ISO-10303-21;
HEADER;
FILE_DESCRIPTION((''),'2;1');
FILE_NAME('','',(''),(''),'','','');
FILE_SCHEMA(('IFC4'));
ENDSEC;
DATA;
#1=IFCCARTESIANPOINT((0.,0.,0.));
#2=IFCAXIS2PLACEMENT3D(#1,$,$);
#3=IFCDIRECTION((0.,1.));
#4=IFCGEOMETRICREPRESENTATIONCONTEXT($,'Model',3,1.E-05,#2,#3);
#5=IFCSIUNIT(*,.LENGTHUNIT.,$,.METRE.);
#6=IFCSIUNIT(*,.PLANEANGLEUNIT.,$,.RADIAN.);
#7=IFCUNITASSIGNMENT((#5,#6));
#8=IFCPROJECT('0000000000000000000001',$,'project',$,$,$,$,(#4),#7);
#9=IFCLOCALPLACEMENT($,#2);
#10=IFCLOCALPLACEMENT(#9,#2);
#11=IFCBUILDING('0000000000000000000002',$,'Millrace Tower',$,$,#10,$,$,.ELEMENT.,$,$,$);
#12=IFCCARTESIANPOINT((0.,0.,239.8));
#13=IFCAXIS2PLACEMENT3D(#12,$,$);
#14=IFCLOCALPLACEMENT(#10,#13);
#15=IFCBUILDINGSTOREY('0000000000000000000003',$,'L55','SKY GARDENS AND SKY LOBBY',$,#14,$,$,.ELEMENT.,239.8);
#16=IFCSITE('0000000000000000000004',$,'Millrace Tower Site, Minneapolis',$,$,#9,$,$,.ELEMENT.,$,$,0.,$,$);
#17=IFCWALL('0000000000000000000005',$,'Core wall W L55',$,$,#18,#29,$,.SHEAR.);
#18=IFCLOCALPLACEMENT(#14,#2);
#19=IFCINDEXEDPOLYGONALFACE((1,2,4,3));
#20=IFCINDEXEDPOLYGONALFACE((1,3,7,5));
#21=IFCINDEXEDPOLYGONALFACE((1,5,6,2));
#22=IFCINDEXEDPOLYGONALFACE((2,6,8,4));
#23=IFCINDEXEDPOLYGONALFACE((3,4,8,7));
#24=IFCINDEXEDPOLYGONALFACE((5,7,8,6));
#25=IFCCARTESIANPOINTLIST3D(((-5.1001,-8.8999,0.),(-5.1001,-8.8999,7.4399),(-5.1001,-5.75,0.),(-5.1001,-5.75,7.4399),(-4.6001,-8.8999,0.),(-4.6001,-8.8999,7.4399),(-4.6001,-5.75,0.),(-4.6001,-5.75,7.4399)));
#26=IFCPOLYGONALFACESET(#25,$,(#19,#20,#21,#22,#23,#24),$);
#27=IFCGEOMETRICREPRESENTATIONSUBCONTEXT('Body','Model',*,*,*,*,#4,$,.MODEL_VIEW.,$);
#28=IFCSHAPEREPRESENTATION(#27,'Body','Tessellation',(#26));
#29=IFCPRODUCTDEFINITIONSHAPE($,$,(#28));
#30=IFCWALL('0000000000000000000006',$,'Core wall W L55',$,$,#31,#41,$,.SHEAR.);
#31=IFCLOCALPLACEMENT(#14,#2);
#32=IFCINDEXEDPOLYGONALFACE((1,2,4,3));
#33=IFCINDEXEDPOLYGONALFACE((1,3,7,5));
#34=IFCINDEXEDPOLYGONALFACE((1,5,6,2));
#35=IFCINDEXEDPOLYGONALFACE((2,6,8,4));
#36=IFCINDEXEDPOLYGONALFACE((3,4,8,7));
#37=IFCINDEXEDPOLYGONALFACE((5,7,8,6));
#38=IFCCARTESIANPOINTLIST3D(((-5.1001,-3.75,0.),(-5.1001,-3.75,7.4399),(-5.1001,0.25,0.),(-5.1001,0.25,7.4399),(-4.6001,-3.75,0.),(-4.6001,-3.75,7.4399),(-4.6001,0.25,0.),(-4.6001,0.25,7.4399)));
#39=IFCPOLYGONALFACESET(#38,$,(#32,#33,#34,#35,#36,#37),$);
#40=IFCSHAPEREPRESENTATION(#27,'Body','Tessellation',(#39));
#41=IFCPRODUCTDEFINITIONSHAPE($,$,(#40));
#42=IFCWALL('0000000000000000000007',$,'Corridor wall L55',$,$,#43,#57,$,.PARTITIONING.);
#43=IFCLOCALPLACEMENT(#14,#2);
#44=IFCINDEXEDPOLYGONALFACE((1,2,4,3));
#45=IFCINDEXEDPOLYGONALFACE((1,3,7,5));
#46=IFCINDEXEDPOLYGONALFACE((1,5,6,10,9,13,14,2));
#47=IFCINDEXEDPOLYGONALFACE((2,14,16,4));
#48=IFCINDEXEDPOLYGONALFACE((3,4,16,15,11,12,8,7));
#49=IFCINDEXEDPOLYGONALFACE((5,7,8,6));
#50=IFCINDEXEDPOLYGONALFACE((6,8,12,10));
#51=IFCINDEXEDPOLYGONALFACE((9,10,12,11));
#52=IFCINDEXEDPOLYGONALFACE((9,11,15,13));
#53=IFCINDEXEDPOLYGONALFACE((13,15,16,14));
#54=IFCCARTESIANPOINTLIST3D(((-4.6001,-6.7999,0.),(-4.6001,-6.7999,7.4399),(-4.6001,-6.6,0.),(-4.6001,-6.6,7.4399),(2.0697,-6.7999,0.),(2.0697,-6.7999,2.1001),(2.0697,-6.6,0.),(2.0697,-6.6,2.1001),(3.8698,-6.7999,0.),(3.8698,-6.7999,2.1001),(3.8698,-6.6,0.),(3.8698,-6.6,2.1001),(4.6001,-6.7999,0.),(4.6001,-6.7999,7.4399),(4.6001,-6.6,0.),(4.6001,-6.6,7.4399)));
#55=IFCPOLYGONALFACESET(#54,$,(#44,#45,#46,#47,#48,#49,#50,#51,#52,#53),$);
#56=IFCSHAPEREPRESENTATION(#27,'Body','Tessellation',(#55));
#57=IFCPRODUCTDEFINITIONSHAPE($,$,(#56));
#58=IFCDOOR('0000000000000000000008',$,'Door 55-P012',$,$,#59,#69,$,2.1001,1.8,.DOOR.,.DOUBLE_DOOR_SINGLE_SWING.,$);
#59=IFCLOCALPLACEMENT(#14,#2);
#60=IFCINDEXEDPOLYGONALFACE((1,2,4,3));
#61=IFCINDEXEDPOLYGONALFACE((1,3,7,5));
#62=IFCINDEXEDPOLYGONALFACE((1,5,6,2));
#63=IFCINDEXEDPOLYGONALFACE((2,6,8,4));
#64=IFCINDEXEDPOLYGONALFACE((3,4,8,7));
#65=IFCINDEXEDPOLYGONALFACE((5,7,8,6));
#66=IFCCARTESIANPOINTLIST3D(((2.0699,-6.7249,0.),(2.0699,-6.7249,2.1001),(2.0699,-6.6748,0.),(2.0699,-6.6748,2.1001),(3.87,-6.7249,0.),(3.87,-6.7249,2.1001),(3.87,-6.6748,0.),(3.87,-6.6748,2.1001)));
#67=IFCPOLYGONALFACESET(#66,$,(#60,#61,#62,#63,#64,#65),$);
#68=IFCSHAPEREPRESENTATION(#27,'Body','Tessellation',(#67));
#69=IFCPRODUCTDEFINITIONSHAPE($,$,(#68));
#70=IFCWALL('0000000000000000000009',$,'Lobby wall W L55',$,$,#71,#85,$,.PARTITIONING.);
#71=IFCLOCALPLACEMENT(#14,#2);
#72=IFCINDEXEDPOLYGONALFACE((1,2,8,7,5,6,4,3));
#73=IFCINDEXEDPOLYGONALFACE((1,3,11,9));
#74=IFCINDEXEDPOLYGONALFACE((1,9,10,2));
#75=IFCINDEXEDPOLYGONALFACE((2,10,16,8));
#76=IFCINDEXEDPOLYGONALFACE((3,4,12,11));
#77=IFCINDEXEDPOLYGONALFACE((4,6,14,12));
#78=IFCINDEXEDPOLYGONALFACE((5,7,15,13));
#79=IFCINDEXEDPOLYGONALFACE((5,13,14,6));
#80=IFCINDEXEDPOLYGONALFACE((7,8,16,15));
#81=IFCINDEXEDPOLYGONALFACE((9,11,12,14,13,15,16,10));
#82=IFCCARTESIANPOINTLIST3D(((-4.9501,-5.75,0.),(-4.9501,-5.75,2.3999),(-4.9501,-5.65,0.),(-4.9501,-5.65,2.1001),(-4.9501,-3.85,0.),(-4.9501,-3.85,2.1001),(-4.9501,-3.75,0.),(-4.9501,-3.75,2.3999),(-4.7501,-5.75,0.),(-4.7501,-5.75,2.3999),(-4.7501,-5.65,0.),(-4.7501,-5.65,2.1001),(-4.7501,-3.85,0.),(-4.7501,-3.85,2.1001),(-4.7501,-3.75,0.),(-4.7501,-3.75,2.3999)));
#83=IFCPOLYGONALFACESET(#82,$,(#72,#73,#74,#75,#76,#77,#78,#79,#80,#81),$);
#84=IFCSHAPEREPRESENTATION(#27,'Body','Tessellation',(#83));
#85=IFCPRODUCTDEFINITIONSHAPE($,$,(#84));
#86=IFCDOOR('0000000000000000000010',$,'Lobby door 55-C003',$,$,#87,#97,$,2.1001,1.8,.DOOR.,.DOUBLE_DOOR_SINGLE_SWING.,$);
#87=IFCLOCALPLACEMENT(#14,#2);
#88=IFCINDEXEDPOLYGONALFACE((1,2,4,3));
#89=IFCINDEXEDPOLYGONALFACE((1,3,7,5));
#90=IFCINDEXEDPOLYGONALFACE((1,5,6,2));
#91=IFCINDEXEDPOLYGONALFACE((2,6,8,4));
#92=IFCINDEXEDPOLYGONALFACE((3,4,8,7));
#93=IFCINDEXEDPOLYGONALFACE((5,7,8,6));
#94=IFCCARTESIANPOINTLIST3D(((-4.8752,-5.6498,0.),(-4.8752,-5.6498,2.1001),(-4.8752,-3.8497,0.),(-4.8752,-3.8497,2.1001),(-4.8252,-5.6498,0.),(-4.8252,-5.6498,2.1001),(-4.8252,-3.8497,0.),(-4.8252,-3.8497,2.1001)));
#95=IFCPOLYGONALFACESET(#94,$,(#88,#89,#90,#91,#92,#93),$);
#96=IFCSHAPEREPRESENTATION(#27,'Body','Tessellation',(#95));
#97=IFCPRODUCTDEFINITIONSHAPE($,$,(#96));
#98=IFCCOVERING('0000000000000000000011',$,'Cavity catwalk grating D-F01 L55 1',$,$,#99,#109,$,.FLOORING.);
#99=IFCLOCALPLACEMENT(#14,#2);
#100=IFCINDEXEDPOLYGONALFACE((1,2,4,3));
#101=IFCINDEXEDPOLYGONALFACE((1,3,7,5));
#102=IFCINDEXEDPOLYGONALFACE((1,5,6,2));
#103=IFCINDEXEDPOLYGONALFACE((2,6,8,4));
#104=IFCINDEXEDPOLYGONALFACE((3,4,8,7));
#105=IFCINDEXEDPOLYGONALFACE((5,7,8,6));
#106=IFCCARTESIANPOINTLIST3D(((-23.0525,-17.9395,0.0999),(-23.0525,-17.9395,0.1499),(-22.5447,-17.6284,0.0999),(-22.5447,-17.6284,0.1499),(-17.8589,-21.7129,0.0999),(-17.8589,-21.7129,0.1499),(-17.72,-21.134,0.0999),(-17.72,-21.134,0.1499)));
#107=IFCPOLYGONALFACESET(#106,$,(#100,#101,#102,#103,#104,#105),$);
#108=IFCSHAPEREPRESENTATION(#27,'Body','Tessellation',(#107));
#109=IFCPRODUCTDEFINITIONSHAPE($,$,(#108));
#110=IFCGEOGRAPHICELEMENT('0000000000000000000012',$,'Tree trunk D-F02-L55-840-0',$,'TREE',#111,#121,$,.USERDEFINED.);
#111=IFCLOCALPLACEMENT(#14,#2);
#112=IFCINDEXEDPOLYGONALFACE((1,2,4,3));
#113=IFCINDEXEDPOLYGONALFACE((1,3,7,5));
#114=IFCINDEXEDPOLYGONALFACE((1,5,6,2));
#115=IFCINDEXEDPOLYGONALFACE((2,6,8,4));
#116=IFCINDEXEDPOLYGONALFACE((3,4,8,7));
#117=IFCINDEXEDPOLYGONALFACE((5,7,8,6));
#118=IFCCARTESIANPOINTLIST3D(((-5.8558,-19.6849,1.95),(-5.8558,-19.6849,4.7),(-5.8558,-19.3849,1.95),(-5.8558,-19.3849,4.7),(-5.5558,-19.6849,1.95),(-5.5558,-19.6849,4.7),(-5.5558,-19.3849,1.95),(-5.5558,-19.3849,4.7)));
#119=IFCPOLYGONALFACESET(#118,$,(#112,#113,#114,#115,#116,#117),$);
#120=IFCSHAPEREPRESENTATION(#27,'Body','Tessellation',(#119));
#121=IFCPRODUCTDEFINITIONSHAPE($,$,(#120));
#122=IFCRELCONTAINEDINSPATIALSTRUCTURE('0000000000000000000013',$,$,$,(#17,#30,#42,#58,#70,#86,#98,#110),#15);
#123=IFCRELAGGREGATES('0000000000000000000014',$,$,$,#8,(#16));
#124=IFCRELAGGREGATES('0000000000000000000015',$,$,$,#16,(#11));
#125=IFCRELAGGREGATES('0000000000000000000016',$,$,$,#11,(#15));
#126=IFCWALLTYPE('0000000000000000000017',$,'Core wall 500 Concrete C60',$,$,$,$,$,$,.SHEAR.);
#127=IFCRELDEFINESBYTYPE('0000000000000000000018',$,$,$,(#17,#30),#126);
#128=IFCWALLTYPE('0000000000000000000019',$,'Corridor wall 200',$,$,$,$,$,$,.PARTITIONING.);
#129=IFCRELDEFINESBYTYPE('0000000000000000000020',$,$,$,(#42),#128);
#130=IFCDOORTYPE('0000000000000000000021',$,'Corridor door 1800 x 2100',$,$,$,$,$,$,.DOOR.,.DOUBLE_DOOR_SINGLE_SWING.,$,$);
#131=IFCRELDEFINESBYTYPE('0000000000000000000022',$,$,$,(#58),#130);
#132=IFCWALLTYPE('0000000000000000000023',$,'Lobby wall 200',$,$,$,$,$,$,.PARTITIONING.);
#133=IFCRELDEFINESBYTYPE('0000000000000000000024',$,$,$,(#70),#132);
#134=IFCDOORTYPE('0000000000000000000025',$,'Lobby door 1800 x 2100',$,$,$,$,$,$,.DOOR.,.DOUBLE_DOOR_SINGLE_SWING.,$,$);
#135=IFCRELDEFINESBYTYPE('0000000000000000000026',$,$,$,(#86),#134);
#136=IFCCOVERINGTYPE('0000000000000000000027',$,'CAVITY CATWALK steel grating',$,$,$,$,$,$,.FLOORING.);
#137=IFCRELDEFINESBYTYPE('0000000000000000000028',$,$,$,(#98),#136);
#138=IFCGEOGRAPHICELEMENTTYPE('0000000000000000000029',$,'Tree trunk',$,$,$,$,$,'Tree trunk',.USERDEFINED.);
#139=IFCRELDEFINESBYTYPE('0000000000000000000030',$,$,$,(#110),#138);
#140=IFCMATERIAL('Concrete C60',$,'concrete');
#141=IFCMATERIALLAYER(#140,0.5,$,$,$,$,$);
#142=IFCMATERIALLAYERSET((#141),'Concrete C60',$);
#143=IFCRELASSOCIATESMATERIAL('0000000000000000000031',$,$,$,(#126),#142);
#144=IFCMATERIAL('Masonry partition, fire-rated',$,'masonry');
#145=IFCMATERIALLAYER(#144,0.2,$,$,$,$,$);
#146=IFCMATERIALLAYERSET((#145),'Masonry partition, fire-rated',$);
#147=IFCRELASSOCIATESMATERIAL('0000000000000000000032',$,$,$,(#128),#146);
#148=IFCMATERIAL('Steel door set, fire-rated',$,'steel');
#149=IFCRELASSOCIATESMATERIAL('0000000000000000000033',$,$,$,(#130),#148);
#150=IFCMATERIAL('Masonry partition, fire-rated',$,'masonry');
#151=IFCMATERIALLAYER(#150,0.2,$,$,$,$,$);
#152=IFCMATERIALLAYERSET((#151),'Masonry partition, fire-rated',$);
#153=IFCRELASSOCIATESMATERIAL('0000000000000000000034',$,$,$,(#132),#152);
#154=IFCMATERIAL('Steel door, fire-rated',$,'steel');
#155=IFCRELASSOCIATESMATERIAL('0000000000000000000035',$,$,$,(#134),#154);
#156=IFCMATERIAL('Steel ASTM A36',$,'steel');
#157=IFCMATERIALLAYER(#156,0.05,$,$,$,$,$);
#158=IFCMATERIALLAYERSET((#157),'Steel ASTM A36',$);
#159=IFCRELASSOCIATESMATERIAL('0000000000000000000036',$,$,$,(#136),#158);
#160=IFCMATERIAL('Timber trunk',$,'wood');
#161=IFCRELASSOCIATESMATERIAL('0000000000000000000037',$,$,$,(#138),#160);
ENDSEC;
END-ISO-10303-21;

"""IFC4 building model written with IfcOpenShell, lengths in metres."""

from ifc_helpers import new_model, si_unit, direction, frame, frame_2d, origin, origin_2d, place, context, subcontext, project, spatial, polyline, rectangle, outline, extrude, material, layer, layer_set, type_object, element, fill, save


model = new_model("IFC4")

# Units and contexts
model_context = context("Model", 3, precision=1e-05, world=origin(), true_north=direction((0.0, 1.0)))
body_context = subcontext(model_context, "Body", "Model", "MODEL_VIEW")
ifc_project = project(units=[si_unit("LENGTHUNIT", "METRE"), si_unit("PLANEANGLEUNIT", "RADIAN")], contexts=[model_context])

# Site, building, storey
site_placement = place(None, origin())
site = spatial("IfcSite", under=ifc_project, at=site_placement, Name="Millrace Tower Site, Minneapolis", CompositionType="ELEMENT", RefElevation=0.0)
building_placement = place(site_placement, origin())
building = spatial("IfcBuilding", under=site, at=building_placement, Name="Millrace Tower", CompositionType="ELEMENT")
storey_placement = place(building_placement, frame((0.0, 0.0, 239.8)))
storey = spatial("IfcBuildingStorey", under=building, at=storey_placement, Name="L55", Description="SKY GARDENS AND SKY LOBBY", CompositionType="ELEMENT", Elevation=239.8)

# Walls
ifc_material_1 = material(Name="Concrete C60", Category="concrete")
ifc_layer_1 = layer(ifc_material_1, 0.5)
ifc_layer_set_1 = layer_set([ifc_layer_1], Name="Concrete C60")
wall_type_1 = type_object("IfcWallType", Name="Core wall 500 Concrete C60", PredefinedType="SHEAR", material=ifc_layer_set_1)
wall_1_placement = place(storey_placement, frame((-4.8501, -8.8999, 0.0), z_axis=(0.0, 0.0, 1.0), x_axis=(0.0, 1.0, 0.0)))
element("IfcWall", 1, at=wall_1_placement, inside=storey, type_object=wall_type_1, Name="Core wall W L55", PredefinedType="SHEAR", context=body_context, shape_type="SweptSolid", body=[
    extrude(rectangle(XDim=3.1499, YDim=0.5, at=frame_2d((1.575, 0.0))), origin(), (0.0, 0.0, 1.0), 7.4399),
])
wall_2_placement = place(storey_placement, frame((-4.8501, -3.75, 0.0), z_axis=(0.0, 0.0, 1.0), x_axis=(0.0, 1.0, 0.0)))
element("IfcWall", 2, at=wall_2_placement, inside=storey, type_object=wall_type_1, Name="Core wall W L55", PredefinedType="SHEAR", context=body_context, shape_type="SweptSolid", body=[
    extrude(rectangle(XDim=4.0, YDim=0.5, at=frame_2d((2.0, 0.0))), origin(), (0.0, 0.0, 1.0), 7.4399),
])

# Walls, openings, doors
ifc_material_2 = material(Name="Masonry partition, fire-rated", Category="masonry")
ifc_layer_2 = layer(ifc_material_2, 0.2)
ifc_layer_set_2 = layer_set([ifc_layer_2], Name="Masonry partition, fire-rated")
wall_type_2 = type_object("IfcWallType", Name="Corridor wall 200", PredefinedType="PARTITIONING", material=ifc_layer_set_2)
wall_3_placement = place(storey_placement, frame((-4.6001, -6.7, 0.0), z_axis=(0.0, 0.0, 1.0), x_axis=(1.0, 0.0, 0.0)))
wall_3 = element("IfcWall", 3, at=wall_3_placement, inside=storey, type_object=wall_type_2, Name="Corridor wall L55", PredefinedType="PARTITIONING", context=body_context, shape_type="SweptSolid", body=[
    extrude(rectangle(XDim=9.2002, YDim=0.2, at=frame_2d((4.6001, 0.0))), origin(), (0.0, 0.0, 1.0), 7.4399),
])
opening_1_placement = place(wall_3_placement, frame((6.6699, 0.0, 0.0)))
opening_1 = element("IfcOpeningElement", 4, at=opening_1_placement, cuts=wall_3, PredefinedType="OPENING", context=body_context, shape_type="SweptSolid", body=[
    extrude(rectangle(XDim=1.8, YDim=2.1001, at=frame_2d((0.8999, 1.05))), frame((0.0, 0.1099, 0.0), z_axis=(0.0, -1.0, 0.0), x_axis=(1.0, 0.0, 0.0)), (0.0, 0.0, 1.0), 0.22),
])
ifc_material_3 = material(Name="Steel door set, fire-rated", Category="steel")
door_type_1 = type_object("IfcDoorType", Name="Corridor door 1800 x 2100", OperationType="DOUBLE_DOOR_SINGLE_SWING", PredefinedType="DOOR", material=ifc_material_3)
door_1_placement = place(opening_1_placement, frame((1.8, 0.0, 0.0), z_axis=(0.0, 0.0, 1.0), x_axis=(-1.0, 0.0, 0.0)))
door_1 = element("IfcDoor", 5, at=door_1_placement, inside=storey, type_object=door_type_1, Name="Door 55-P012", OperationType="DOUBLE_DOOR_SINGLE_SWING", OverallHeight=2.1001, OverallWidth=1.8, PredefinedType="DOOR", context=body_context, shape_type="SweptSolid", body=[
    extrude(rectangle(XDim=1.8, YDim=2.1001, at=frame_2d((0.8999, 1.05))), frame((0.0, 0.0249, 0.0), z_axis=(0.0, -1.0, 0.0), x_axis=(1.0, 0.0, 0.0)), (0.0, 0.0, 1.0), 0.05),
])
fill(opening_1, door_1)
ifc_material_4 = material(Name="Masonry partition, fire-rated", Category="masonry")
ifc_layer_3 = layer(ifc_material_4, 0.2)
ifc_layer_set_3 = layer_set([ifc_layer_3], Name="Masonry partition, fire-rated")
wall_type_3 = type_object("IfcWallType", Name="Lobby wall 200", PredefinedType="PARTITIONING", material=ifc_layer_set_3)
wall_4_placement = place(storey_placement, frame((-4.8501, -5.75, 0.0), z_axis=(0.0, 0.0, 1.0), x_axis=(0.0, 1.0, 0.0)))
wall_4 = element("IfcWall", 6, at=wall_4_placement, inside=storey, type_object=wall_type_3, Name="Lobby wall W L55", PredefinedType="PARTITIONING", context=body_context, shape_type="SweptSolid", body=[
    extrude(rectangle(XDim=2.0, YDim=0.2, at=frame_2d((1.0, 0.0))), origin(), (0.0, 0.0, 1.0), 2.3999),
])
opening_2_placement = place(wall_4_placement, frame((0.1001, 0.0, 0.0)))
opening_2 = element("IfcOpeningElement", 7, at=opening_2_placement, cuts=wall_4, PredefinedType="OPENING", context=body_context, shape_type="SweptSolid", body=[
    extrude(rectangle(XDim=1.8, YDim=2.1001, at=frame_2d((0.8999, 1.05))), frame((0.0, 0.1099, 0.0), z_axis=(0.0, -1.0, 0.0), x_axis=(1.0, 0.0, 0.0)), (0.0, 0.0, 1.0), 0.22),
])
ifc_material_5 = material(Name="Steel door, fire-rated", Category="steel")
door_type_2 = type_object("IfcDoorType", Name="Lobby door 1800 x 2100", OperationType="DOUBLE_DOOR_SINGLE_SWING", PredefinedType="DOOR", material=ifc_material_5)
door_2_placement = place(opening_2_placement, frame((1.8, 0.0, 0.0), z_axis=(0.0, 0.0, 1.0), x_axis=(-1.0, 0.0, 0.0)))
door_2 = element("IfcDoor", 8, at=door_2_placement, inside=storey, type_object=door_type_2, Name="Lobby door 55-C003", OperationType="DOUBLE_DOOR_SINGLE_SWING", OverallHeight=2.1001, OverallWidth=1.8, PredefinedType="DOOR", context=body_context, shape_type="SweptSolid", body=[
    extrude(rectangle(XDim=1.8, YDim=2.1001, at=frame_2d((0.8999, 1.05))), frame((0.0, 0.0249, 0.0), z_axis=(0.0, -1.0, 0.0), x_axis=(1.0, 0.0, 0.0)), (0.0, 0.0, 1.0), 0.05),
])
fill(opening_2, door_2)

# Covering
ifc_material_6 = material(Name="Steel ASTM A36", Category="steel")
ifc_layer_4 = layer(ifc_material_6, 0.05)
ifc_layer_set_4 = layer_set([ifc_layer_4], Name="Steel ASTM A36")
covering_type = type_object("IfcCoveringType", Name="CAVITY CATWALK steel grating", PredefinedType="FLOORING", material=ifc_layer_set_4)
covering_placement = place(storey_placement, frame((0.0, 0.0, 0.0999)))
element("IfcCovering", 9, at=covering_placement, inside=storey, type_object=covering_type, Name="Cavity catwalk grating D-F01 L55 1", PredefinedType="FLOORING", context=body_context, shape_type="SweptSolid", body=[
    extrude(outline(polyline([(-23.0525, -17.9395), (-17.8589, -21.7129), (-17.72, -21.134), (-22.5447, -17.6284), (-23.0525, -17.9395)])), origin(), (0.0, 0.0, 1.0), 0.05),
])

# Geographic element
ifc_material_7 = material(Name="Timber trunk", Category="wood")
geographic_element_type = type_object("IfcGeographicElementType", Name="Tree trunk", ElementType="Tree trunk", PredefinedType="USERDEFINED", material=ifc_material_7)
geographic_element_placement = place(storey_placement, frame((-5.7058, -19.5349, 1.95), z_axis=(0.0, 0.0, 1.0), x_axis=(1.0, 0.0, 0.0)))
element("IfcGeographicElement", 10, at=geographic_element_placement, inside=storey, type_object=geographic_element_type, Name="Tree trunk D-F02-L55-840-0", ObjectType="TREE", PredefinedType="USERDEFINED", context=body_context, shape_type="SweptSolid", body=[
    extrude(rectangle(XDim=0.3, YDim=0.3, at=origin_2d()), origin(), (0.0, 0.0, 1.0), 2.75),
])

save(model, "model.ifc")
